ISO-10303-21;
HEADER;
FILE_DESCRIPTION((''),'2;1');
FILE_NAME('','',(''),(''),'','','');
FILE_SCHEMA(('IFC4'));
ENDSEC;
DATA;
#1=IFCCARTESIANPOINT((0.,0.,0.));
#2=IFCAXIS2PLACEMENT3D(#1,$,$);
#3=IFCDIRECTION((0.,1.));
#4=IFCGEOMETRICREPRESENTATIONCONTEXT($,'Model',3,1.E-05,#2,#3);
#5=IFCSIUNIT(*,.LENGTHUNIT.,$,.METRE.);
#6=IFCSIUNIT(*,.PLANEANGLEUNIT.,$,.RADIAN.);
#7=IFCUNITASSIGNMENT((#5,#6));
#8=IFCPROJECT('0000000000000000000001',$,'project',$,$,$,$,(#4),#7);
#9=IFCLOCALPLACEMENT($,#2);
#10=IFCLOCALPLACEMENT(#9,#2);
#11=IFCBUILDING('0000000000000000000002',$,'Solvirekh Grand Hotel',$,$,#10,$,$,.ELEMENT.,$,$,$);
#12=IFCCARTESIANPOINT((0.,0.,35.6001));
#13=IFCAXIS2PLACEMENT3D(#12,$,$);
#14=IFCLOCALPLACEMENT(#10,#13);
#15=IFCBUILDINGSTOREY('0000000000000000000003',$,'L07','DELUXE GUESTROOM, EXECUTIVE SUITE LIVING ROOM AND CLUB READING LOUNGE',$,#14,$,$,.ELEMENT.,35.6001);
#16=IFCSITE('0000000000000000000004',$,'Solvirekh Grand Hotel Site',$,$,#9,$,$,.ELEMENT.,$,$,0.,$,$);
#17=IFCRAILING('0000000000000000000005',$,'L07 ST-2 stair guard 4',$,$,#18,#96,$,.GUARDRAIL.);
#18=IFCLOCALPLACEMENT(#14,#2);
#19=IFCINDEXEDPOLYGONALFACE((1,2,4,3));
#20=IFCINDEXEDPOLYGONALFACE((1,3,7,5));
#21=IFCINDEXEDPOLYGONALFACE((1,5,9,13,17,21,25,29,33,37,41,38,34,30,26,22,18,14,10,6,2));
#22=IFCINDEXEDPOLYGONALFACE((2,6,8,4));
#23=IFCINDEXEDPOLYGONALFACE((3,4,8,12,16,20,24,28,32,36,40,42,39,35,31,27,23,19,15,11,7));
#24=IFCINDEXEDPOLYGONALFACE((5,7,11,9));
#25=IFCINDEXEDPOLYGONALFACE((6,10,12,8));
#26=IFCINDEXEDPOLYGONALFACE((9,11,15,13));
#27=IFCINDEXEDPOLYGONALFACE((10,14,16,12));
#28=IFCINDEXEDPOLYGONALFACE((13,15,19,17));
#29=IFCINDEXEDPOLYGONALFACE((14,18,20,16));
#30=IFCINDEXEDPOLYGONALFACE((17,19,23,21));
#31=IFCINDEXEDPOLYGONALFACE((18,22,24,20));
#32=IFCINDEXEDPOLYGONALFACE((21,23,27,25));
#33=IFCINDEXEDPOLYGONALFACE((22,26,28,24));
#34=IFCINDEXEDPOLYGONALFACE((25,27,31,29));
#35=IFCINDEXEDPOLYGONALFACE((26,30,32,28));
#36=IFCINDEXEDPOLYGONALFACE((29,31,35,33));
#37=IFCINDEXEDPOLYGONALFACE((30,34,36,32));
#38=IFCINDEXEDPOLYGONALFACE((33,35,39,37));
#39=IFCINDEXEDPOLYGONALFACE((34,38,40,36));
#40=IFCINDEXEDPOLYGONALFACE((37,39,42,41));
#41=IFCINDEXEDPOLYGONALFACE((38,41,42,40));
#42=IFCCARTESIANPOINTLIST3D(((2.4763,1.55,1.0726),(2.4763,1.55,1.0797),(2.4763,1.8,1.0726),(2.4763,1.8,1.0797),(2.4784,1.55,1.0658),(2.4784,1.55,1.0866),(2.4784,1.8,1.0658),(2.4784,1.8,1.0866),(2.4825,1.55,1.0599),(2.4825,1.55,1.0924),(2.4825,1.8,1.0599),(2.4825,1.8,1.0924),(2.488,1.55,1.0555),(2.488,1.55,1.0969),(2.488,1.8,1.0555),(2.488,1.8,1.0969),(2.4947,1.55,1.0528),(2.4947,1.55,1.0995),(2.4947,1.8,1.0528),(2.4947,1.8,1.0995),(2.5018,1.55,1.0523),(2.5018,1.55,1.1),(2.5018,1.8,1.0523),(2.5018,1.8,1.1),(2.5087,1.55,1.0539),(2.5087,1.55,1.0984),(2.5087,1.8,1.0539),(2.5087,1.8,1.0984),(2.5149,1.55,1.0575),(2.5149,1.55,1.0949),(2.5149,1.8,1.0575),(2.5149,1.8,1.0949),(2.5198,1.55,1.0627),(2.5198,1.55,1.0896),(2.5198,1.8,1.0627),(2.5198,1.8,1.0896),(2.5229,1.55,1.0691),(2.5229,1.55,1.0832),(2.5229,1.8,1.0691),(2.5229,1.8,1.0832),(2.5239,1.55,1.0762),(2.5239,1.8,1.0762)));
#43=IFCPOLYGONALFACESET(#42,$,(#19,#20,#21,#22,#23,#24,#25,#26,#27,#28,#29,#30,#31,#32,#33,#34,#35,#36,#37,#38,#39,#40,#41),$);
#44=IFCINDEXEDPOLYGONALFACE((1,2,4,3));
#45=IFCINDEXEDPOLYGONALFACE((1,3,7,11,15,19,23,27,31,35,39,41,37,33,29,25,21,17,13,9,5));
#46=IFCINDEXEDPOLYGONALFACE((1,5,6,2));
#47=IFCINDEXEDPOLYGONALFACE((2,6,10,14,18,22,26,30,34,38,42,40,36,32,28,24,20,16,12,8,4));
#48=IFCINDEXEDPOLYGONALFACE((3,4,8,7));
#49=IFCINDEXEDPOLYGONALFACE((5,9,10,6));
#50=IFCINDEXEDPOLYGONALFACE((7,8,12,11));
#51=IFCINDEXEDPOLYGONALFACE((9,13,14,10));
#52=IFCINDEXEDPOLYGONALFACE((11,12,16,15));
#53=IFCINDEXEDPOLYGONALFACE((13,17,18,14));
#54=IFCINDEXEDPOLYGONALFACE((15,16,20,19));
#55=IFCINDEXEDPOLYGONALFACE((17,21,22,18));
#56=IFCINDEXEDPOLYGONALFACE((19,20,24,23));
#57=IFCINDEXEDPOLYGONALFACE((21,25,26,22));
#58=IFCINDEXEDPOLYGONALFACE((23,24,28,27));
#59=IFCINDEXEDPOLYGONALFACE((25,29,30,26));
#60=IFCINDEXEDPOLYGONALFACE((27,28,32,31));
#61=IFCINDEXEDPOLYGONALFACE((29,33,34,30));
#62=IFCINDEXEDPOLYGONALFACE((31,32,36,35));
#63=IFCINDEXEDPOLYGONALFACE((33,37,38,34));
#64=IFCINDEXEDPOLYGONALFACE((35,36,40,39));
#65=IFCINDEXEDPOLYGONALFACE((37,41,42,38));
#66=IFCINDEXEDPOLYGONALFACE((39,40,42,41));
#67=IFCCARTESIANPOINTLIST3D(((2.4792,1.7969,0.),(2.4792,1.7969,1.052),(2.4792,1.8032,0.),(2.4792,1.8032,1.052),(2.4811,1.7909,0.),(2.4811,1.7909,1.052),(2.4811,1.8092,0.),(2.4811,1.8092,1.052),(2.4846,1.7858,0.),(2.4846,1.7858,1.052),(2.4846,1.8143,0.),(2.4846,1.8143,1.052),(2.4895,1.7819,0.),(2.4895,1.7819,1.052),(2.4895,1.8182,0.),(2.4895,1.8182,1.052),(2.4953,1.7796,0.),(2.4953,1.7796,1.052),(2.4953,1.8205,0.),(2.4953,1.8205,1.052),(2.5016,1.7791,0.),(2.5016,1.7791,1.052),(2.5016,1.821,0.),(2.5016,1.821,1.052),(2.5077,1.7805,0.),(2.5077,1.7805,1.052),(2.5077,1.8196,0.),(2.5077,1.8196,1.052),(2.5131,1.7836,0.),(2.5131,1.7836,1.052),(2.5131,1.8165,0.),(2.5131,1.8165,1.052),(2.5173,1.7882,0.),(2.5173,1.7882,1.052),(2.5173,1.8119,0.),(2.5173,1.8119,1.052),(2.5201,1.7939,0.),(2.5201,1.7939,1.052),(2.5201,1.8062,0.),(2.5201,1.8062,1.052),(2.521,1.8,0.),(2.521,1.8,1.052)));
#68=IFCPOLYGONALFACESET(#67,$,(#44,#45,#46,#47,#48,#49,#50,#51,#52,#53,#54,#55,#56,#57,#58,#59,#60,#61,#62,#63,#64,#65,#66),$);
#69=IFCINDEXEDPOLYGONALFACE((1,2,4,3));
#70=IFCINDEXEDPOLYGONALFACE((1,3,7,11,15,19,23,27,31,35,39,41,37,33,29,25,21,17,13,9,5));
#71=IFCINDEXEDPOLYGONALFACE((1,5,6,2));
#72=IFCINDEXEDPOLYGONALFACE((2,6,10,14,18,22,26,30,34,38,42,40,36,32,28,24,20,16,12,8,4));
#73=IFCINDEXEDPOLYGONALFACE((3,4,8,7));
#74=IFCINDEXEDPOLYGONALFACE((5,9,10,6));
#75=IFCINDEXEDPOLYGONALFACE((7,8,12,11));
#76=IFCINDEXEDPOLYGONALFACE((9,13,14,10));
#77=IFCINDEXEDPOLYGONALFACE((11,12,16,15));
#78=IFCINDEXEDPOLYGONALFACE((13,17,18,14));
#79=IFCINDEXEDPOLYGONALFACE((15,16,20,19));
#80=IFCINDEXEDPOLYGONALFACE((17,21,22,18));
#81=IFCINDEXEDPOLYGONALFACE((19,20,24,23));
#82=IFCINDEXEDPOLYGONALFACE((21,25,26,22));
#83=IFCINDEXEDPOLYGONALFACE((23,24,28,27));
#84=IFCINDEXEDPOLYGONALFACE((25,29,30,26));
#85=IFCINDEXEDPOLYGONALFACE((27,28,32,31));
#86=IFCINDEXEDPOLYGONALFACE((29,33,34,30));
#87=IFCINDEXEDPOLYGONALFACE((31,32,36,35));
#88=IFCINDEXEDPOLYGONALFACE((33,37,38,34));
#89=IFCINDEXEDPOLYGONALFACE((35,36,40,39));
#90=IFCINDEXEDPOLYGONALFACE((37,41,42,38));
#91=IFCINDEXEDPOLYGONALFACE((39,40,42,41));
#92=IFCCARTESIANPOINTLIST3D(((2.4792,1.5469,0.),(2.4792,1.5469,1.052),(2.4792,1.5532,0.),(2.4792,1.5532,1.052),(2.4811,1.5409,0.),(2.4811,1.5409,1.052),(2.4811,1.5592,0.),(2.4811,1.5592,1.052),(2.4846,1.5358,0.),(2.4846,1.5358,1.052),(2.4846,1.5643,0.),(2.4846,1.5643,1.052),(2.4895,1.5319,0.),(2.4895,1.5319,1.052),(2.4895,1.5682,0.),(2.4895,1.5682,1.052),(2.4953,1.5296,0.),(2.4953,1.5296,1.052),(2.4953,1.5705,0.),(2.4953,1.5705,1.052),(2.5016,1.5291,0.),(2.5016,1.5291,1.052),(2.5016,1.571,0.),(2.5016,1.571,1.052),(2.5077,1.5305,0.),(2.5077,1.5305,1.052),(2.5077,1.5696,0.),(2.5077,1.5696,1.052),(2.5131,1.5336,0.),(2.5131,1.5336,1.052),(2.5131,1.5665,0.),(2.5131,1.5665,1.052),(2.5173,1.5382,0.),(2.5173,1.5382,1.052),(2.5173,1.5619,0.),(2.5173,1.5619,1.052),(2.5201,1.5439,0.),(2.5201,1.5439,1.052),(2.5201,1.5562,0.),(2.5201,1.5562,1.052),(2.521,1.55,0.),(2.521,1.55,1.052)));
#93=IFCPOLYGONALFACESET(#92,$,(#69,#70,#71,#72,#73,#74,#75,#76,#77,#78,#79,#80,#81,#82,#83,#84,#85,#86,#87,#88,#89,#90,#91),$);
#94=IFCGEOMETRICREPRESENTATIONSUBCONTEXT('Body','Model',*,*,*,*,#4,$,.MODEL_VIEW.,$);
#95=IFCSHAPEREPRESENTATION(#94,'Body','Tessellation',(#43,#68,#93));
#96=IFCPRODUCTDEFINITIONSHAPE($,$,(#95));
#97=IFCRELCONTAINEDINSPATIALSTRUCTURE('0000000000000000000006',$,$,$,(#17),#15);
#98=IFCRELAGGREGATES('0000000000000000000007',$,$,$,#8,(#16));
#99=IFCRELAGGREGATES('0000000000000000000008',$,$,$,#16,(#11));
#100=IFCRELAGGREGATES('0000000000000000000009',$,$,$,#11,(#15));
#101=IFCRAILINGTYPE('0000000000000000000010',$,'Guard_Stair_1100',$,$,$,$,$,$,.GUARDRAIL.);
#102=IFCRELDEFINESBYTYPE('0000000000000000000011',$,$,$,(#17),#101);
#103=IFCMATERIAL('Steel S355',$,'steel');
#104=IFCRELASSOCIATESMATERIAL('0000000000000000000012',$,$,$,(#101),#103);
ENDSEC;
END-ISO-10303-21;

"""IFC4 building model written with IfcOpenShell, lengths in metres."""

from ifc_helpers import new_model, si_unit, direction, frame, origin, origin_2d, place, context, subcontext, project, spatial, circle, extrude, material, type_object, element, save


model = new_model("IFC4")

# Units and contexts
model_context = context("Model", 3, precision=1e-05, world=origin(), true_north=direction((0.0, 1.0)))
body_context = subcontext(model_context, "Body", "Model", "MODEL_VIEW")
ifc_project = project(units=[si_unit("LENGTHUNIT", "METRE"), si_unit("PLANEANGLEUNIT", "RADIAN")], contexts=[model_context])

# Site, building, storey
site_placement = place(None, origin())
site = spatial("IfcSite", under=ifc_project, at=site_placement, Name="Solvirekh Grand Hotel Site", CompositionType="ELEMENT", RefElevation=0.0)
building_placement = place(site_placement, origin())
building = spatial("IfcBuilding", under=site, at=building_placement, Name="Solvirekh Grand Hotel", CompositionType="ELEMENT")
storey_placement = place(building_placement, frame((0.0, 0.0, 35.6001)))
storey = spatial("IfcBuildingStorey", under=building, at=storey_placement, Name="L07", Description="DELUXE GUESTROOM, EXECUTIVE SUITE LIVING ROOM AND CLUB READING LOUNGE", CompositionType="ELEMENT", Elevation=35.6001)

# Shared definitions
ifc_material_1 = material(Name="Steel S355", Category="steel")

# Railing
railing_type_1 = type_object("IfcRailingType", Name="Guard_Stair_1100", PredefinedType="GUARDRAIL", material=ifc_material_1)
railing_1_placement = place(storey_placement, frame((2.5, 1.8, 0.0)))
element("IfcRailing", 1, at=railing_1_placement, inside=storey, type_object=railing_type_1, Name="L07 ST-2 stair guard 4", PredefinedType="GUARDRAIL", context=body_context, shape_type="SweptSolid", body=[
    extrude(circle(Radius=0.0239, at=origin_2d()), frame((0.0, 0.0, 1.0762), z_axis=(0.0, -1.0, 0.0), x_axis=(1.0, 0.0, 0.0)), (0.0, 0.0, 1.0), 0.25),
    extrude(circle(Radius=0.021, at=origin_2d()), origin(), (0.0, 0.0, 1.0), 1.052),
    extrude(circle(Radius=0.021, at=origin_2d()), frame((0.0, -0.25, 0.0)), (0.0, 0.0, 1.0), 1.052),
])

save(model, "model.ifc")
